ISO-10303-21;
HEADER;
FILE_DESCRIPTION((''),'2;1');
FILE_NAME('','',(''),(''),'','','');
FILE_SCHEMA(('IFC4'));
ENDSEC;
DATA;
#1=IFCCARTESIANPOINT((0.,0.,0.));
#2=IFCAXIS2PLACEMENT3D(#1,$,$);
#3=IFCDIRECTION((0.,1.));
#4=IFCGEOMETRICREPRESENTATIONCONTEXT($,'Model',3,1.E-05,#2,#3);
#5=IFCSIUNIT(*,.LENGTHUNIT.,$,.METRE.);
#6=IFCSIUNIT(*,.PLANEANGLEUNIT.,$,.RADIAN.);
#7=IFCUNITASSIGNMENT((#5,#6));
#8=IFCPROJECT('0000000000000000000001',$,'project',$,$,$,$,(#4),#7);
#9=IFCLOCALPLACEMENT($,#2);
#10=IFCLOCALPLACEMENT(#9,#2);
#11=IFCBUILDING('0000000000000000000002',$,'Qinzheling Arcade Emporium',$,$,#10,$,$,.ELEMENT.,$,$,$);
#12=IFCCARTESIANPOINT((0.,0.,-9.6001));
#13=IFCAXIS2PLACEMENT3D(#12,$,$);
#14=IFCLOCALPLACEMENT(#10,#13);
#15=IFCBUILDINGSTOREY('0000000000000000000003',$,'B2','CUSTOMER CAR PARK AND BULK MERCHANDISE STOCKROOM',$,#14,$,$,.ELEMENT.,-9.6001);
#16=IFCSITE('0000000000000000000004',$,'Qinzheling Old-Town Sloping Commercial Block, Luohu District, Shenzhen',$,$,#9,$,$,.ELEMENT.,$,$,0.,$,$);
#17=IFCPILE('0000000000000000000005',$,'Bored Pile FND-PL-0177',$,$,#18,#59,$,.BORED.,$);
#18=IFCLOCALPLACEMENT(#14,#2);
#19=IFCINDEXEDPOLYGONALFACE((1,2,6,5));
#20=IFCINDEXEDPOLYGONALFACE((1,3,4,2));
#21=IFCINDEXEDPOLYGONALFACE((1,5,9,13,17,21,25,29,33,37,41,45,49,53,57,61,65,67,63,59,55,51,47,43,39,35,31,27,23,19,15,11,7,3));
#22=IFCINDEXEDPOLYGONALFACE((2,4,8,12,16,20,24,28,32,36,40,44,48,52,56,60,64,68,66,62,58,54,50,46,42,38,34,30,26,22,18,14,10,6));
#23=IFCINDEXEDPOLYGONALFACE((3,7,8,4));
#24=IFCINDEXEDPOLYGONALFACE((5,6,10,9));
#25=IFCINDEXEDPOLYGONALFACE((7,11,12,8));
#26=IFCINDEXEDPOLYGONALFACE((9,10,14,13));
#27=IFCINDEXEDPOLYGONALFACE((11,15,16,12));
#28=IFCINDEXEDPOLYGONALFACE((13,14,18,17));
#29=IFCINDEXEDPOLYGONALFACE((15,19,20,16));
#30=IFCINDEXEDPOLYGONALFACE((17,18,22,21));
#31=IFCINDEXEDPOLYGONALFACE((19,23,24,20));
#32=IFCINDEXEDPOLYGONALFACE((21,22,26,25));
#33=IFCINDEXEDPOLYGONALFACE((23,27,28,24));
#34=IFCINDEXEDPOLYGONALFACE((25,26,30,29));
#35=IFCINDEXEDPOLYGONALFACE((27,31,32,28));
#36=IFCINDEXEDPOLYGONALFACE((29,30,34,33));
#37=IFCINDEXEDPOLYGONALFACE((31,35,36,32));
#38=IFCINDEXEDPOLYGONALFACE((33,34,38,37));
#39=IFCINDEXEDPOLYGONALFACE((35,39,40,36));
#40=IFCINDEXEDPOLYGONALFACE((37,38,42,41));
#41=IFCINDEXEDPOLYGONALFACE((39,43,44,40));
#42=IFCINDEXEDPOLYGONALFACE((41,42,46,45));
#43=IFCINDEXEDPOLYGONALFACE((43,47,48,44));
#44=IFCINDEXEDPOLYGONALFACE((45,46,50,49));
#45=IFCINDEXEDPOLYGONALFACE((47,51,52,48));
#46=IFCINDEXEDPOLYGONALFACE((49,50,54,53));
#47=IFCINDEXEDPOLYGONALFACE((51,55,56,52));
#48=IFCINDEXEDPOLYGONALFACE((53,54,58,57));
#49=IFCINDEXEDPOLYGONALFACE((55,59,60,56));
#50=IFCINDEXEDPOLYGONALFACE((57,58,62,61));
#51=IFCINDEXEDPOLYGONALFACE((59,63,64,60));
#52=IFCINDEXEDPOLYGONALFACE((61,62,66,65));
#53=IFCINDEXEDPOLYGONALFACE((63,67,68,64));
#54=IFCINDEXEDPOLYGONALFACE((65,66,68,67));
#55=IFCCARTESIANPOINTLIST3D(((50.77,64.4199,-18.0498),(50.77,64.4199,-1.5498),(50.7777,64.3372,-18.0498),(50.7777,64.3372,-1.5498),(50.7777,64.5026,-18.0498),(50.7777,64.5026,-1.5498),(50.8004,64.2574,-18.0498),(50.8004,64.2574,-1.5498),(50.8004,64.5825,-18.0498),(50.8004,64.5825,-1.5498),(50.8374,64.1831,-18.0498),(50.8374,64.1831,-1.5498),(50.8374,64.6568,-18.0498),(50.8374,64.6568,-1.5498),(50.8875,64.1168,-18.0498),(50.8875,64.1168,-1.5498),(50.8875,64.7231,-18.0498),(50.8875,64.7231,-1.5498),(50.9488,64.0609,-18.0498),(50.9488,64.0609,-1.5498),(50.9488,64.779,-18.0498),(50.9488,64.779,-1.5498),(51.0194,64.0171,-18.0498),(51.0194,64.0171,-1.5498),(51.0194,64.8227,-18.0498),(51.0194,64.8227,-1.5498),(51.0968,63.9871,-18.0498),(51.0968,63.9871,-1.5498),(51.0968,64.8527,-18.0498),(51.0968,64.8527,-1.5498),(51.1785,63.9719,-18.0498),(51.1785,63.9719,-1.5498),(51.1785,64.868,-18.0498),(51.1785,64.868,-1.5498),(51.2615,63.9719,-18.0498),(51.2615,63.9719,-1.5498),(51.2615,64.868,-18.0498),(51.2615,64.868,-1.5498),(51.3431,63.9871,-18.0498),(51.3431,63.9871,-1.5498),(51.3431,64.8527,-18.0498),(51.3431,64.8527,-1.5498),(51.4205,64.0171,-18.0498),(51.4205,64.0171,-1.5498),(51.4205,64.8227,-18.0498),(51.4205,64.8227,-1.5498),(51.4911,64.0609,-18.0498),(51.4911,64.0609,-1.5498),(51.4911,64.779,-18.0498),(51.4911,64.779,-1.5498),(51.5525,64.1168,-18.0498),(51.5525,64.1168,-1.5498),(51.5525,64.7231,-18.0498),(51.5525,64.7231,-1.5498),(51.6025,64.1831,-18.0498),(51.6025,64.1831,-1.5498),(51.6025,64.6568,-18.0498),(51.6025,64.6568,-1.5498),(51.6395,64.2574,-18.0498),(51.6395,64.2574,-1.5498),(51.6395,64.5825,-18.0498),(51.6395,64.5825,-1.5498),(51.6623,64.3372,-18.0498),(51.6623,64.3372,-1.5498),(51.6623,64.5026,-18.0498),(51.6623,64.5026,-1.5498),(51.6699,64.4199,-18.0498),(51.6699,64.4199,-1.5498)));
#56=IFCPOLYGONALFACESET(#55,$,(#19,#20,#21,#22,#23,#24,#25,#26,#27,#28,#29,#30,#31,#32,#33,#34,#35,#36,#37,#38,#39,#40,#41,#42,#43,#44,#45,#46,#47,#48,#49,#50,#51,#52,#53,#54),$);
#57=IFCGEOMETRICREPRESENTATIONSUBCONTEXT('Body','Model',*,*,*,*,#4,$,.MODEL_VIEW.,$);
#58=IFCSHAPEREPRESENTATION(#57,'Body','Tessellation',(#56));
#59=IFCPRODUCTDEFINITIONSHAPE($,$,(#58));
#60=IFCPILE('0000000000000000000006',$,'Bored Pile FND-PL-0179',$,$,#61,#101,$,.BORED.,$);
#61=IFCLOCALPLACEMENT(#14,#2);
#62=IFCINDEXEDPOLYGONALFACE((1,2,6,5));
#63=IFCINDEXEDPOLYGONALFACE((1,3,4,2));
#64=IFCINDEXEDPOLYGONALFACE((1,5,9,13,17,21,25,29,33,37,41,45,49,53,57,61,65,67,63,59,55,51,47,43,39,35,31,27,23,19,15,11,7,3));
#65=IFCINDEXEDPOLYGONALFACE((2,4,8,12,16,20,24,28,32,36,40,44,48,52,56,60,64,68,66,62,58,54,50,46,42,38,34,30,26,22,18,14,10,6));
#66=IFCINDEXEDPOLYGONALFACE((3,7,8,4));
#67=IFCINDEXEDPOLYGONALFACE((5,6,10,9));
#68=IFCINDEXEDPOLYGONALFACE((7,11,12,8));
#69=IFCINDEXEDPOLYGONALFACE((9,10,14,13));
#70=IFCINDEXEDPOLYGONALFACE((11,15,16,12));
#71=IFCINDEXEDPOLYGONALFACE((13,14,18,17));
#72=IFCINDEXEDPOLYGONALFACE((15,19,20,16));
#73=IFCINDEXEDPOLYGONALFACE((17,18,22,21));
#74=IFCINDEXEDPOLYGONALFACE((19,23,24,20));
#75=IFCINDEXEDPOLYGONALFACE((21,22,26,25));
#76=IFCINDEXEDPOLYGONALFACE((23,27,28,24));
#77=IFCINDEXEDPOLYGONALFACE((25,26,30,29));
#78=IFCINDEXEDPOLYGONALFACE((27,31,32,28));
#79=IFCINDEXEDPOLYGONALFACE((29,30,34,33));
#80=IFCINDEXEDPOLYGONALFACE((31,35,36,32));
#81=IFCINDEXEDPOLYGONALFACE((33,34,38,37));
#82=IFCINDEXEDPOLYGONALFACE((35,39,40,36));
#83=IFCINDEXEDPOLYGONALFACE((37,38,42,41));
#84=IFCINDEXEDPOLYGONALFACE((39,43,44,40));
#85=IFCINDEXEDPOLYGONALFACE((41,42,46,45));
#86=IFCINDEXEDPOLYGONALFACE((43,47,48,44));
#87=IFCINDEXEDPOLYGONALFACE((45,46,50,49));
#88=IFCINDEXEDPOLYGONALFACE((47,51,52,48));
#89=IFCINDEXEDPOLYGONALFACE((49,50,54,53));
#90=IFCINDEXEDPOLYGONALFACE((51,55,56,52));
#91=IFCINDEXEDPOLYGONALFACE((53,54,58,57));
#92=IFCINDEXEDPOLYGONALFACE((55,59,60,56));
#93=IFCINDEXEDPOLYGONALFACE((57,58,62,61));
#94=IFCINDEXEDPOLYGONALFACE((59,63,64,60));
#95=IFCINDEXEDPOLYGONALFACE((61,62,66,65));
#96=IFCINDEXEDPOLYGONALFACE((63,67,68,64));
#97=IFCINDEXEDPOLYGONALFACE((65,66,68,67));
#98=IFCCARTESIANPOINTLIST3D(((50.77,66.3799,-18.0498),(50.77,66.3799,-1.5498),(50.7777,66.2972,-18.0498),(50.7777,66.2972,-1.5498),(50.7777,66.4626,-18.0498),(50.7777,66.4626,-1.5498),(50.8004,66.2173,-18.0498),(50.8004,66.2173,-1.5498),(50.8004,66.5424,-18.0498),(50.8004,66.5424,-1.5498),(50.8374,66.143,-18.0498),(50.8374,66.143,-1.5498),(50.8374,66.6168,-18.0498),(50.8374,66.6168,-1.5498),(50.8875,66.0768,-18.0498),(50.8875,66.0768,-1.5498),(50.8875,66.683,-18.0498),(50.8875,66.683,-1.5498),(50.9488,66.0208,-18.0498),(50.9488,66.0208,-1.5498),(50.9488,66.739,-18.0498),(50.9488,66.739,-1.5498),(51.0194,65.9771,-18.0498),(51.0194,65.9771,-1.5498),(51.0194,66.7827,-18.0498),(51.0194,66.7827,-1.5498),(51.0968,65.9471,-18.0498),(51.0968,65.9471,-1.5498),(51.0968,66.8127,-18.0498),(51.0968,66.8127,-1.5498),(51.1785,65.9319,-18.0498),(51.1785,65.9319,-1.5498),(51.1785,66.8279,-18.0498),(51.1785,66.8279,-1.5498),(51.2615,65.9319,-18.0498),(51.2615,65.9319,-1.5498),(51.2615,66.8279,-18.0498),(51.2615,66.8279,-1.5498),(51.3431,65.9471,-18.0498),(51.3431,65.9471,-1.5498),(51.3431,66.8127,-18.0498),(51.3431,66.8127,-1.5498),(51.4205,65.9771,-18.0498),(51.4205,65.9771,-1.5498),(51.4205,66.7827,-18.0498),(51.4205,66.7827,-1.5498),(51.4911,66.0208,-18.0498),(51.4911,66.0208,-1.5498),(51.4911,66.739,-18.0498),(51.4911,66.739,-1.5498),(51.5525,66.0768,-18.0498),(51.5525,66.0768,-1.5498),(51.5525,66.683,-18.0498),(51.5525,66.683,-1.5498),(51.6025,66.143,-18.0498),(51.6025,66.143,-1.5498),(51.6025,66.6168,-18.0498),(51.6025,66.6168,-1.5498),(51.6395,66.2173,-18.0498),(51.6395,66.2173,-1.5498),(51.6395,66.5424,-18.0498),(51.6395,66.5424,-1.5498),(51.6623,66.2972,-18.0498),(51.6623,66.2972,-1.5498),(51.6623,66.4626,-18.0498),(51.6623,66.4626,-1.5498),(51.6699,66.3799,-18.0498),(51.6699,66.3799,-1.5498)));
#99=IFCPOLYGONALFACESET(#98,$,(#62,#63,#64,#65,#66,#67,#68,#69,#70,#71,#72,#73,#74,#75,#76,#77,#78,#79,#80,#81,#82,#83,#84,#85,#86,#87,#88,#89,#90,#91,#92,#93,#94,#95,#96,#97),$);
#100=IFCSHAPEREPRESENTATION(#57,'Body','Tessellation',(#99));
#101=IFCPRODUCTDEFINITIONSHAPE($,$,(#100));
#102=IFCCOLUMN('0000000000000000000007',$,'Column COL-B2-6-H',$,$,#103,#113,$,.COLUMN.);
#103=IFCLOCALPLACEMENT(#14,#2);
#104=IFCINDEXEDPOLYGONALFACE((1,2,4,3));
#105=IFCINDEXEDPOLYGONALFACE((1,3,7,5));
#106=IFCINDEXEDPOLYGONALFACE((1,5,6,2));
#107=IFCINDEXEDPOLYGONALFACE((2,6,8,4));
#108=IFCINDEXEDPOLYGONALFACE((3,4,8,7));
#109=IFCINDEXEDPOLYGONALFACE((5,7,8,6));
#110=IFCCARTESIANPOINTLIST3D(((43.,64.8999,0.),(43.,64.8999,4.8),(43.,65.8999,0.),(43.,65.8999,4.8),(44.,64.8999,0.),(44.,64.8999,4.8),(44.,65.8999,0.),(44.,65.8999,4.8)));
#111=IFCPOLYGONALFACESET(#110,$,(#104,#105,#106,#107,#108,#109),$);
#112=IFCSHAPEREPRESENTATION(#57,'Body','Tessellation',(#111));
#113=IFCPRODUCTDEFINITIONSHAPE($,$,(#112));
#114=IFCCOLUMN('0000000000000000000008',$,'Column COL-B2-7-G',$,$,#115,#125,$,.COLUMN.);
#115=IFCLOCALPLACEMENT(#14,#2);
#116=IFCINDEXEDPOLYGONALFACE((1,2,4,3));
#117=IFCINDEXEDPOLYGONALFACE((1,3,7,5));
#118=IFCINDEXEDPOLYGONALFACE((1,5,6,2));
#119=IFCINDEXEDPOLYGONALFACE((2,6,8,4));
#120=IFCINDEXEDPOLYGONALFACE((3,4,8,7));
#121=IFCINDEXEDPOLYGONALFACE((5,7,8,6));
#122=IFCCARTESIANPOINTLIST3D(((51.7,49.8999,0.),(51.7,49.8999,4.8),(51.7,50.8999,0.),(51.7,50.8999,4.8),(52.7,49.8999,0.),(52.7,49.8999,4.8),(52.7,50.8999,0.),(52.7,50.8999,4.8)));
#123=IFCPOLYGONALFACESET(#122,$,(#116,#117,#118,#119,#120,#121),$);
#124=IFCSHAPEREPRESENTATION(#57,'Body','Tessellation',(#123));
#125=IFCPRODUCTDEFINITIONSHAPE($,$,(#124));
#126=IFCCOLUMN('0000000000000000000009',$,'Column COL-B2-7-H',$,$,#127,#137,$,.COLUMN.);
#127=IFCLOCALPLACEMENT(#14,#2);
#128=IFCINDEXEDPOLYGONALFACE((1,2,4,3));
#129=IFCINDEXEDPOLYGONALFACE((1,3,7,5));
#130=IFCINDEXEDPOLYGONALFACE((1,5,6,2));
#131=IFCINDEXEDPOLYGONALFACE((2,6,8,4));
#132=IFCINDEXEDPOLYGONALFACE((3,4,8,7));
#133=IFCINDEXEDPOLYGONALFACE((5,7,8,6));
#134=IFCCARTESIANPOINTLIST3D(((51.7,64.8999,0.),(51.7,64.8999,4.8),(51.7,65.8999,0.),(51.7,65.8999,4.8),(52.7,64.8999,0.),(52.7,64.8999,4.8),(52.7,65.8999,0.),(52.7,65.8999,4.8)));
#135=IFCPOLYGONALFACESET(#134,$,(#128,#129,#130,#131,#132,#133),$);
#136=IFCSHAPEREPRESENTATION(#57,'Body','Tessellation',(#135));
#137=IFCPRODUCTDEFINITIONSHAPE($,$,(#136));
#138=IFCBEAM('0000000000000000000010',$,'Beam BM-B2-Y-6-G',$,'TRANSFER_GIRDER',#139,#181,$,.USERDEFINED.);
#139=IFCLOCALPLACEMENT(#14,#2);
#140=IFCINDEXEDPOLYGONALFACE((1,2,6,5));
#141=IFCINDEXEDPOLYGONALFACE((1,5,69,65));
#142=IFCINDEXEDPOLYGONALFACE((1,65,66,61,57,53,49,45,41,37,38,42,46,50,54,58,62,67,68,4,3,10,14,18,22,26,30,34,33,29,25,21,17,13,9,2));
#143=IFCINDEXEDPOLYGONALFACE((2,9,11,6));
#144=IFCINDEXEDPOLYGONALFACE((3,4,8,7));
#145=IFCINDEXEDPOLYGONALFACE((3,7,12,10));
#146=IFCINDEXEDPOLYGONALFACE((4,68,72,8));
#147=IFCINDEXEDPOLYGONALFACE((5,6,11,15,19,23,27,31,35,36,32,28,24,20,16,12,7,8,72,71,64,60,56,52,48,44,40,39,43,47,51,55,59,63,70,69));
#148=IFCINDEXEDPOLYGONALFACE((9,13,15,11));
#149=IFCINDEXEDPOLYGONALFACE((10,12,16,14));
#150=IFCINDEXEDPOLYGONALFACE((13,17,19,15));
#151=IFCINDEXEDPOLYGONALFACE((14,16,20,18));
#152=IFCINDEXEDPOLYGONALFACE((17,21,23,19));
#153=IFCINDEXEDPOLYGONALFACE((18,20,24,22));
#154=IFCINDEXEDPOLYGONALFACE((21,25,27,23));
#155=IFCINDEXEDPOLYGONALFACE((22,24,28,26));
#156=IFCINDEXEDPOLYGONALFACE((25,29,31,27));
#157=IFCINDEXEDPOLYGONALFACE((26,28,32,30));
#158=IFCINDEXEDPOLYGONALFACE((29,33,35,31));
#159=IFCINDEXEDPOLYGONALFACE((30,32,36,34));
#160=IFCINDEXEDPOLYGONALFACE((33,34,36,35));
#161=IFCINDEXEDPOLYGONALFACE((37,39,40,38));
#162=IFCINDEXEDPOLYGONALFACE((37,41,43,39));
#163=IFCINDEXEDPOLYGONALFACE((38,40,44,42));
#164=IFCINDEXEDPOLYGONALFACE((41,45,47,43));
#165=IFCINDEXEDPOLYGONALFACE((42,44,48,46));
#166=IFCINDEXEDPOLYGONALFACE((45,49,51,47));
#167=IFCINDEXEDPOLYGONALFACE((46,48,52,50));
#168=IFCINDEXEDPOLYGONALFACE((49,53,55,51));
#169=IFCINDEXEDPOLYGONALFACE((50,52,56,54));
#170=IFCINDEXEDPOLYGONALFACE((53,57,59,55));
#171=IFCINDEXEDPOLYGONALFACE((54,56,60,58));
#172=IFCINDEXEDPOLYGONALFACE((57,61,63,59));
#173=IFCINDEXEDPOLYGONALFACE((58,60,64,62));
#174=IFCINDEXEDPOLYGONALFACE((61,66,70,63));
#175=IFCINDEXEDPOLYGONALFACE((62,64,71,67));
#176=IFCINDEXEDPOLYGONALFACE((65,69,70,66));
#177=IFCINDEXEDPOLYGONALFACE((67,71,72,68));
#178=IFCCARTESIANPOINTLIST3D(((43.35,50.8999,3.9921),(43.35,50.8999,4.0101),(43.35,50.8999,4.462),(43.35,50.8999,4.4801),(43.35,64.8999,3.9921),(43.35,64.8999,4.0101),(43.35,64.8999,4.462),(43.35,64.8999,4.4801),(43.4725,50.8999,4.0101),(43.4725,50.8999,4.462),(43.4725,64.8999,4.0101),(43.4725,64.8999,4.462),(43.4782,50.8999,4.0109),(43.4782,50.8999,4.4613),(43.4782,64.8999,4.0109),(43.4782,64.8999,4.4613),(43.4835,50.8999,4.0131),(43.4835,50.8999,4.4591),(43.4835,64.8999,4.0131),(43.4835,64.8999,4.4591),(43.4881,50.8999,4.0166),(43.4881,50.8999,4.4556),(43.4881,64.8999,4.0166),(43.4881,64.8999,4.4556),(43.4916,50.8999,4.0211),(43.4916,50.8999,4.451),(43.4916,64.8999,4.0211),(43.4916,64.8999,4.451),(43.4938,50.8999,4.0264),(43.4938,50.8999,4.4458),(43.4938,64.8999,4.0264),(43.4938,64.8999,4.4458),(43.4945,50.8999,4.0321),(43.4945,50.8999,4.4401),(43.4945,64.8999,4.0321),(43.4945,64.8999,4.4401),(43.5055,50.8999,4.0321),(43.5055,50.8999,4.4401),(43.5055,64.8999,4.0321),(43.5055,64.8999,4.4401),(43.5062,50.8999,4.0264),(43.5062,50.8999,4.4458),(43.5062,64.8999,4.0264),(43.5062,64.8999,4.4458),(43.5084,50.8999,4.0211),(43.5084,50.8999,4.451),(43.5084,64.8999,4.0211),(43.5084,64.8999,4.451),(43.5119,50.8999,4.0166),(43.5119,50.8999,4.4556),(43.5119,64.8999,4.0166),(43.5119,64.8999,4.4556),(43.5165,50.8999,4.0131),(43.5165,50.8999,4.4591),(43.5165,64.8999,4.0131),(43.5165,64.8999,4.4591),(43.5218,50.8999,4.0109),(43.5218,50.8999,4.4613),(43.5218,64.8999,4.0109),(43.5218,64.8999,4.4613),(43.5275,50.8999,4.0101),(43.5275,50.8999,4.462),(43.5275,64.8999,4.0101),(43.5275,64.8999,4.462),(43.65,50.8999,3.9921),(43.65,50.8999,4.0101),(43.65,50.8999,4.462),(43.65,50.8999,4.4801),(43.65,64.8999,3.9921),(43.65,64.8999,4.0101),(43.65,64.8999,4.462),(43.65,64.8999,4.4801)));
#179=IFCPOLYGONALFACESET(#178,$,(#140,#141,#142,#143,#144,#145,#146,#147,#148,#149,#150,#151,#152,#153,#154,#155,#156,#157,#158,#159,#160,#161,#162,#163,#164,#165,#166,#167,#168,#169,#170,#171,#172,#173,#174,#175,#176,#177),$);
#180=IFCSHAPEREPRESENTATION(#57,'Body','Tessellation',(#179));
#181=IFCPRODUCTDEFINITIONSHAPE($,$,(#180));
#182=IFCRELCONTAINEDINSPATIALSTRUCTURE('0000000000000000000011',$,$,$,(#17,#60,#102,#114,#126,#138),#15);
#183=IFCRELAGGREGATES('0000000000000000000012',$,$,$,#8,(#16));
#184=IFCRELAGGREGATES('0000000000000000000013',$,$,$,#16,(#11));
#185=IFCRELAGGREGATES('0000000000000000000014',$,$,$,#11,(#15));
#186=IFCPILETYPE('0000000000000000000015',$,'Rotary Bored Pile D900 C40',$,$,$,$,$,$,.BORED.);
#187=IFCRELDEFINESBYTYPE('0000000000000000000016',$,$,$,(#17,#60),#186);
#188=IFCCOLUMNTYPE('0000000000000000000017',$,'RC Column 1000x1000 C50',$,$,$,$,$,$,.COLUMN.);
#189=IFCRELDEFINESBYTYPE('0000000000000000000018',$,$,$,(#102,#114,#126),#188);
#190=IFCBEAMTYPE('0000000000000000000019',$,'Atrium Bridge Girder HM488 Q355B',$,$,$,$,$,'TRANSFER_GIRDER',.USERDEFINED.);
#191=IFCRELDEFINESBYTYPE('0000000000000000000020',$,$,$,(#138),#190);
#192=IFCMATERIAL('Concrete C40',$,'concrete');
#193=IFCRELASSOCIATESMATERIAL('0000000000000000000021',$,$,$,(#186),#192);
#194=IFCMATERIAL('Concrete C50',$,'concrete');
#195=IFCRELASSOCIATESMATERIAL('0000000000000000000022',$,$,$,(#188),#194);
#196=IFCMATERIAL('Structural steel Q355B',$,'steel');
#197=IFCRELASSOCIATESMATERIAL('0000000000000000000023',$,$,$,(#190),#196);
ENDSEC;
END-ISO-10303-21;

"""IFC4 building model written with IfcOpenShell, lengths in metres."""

from ifc_helpers import new_model, si_unit, direction, frame, origin, origin_2d, place, context, subcontext, project, spatial, rectangle, circle, i_section, extrude, material, material_profile, profile_set, type_object, element, save


model = new_model("IFC4")

# Units and contexts
model_context = context("Model", 3, precision=1e-05, world=origin(), true_north=direction((0.0, 1.0)))
body_context = subcontext(model_context, "Body", "Model", "MODEL_VIEW")
ifc_project = project(units=[si_unit("LENGTHUNIT", "METRE"), si_unit("PLANEANGLEUNIT", "RADIAN")], contexts=[model_context])

# Site, building, storey
site_placement = place(None, origin())
site = spatial("IfcSite", under=ifc_project, at=site_placement, Name="Qinzheling Old-Town Sloping Commercial Block, Luohu District, Shenzhen", CompositionType="ELEMENT", RefElevation=0.0)
building_placement = place(site_placement, origin())
building = spatial("IfcBuilding", under=site, at=building_placement, Name="Qinzheling Arcade Emporium", CompositionType="ELEMENT")
storey_placement = place(building_placement, frame((0.0, 0.0, -9.6001)))
storey = spatial("IfcBuildingStorey", under=building, at=storey_placement, Name="B2", Description="CUSTOMER CAR PARK AND BULK MERCHANDISE STOCKROOM", CompositionType="ELEMENT", Elevation=-9.6001)

# Shared definitions
ifc_material_1 = material(Name="Concrete C40", Category="concrete")

# Piles
ifc_material_profile_1 = material_profile(ifc_material_1, circle(Radius=0.45, at=origin_2d()), Name="BORED D900", Category="concrete")
ifc_profile_set_1 = profile_set([ifc_material_profile_1], Name="Concrete C40")
pile_type = type_object("IfcPileType", Name="Rotary Bored Pile D900 C40", PredefinedType="BORED", material=ifc_profile_set_1)
for number, where, z_axis, x_axis, name in (
    (1, (51.22, 64.4199, -1.5498), (0.0, 0.0, -1.0), (1.0, 0.0, 0.0), "Bored Pile FND-PL-0177"),
    (2, (51.22, 66.3799, -1.5498), (0.0, 0.0, -1.0), (1.0, 0.0, 0.0), "Bored Pile FND-PL-0179"),
):
    element("IfcPile", number, at=place(storey_placement, frame(where, z_axis=z_axis, x_axis=x_axis)), inside=storey, type_object=pile_type, Name=name, PredefinedType="BORED", context=body_context, shape_type="SweptSolid", body=[
        extrude(circle(Radius=0.45, at=origin_2d()), origin(), (0.0, 0.0, 1.0), 16.5),
    ])

# Columns
ifc_material_2 = material(Name="Concrete C50", Category="concrete")
ifc_material_profile_2 = material_profile(ifc_material_2, rectangle(XDim=1.0, YDim=1.0, at=origin_2d()), Name="RC 1000x1000", Category="concrete")
ifc_profile_set_2 = profile_set([ifc_material_profile_2], Name="Concrete C50")
column_type = type_object("IfcColumnType", Name="RC Column 1000x1000 C50", PredefinedType="COLUMN", material=ifc_profile_set_2)
for number, where, z_axis, x_axis, name in (
    (3, (43.5, 65.3999, 0.0), (0.0, 0.0, 1.0), (1.0, 0.0, 0.0), "Column COL-B2-6-H"),
    (4, (52.2, 50.3999, 0.0), (0.0, 0.0, 1.0), (1.0, 0.0, 0.0), "Column COL-B2-7-G"),
    (5, (52.2, 65.3999, 0.0), (0.0, 0.0, 1.0), (1.0, 0.0, 0.0), "Column COL-B2-7-H"),
):
    element("IfcColumn", number, at=place(storey_placement, frame(where, z_axis=z_axis, x_axis=x_axis)), inside=storey, type_object=column_type, Name=name, PredefinedType="COLUMN", context=body_context, shape_type="SweptSolid", body=[
        extrude(rectangle(XDim=1.0, YDim=1.0, at=origin_2d()), origin(), (0.0, 0.0, 1.0), 4.8),
    ])

# Beam
ifc_material_3 = material(Name="Structural steel Q355B", Category="steel")
ifc_material_profile_3 = material_profile(ifc_material_3, i_section(OverallWidth=0.3, OverallDepth=0.488, WebThickness=0.011, FlangeThickness=0.0181, FilletRadius=0.022, at=origin_2d()), Name="HM 488x300x11x18", Category="steel")
ifc_profile_set_3 = profile_set([ifc_material_profile_3], Name="Structural steel Q355B")
beam_type_1 = type_object("IfcBeamType", Name="Atrium Bridge Girder HM488 Q355B", ElementType="TRANSFER_GIRDER", PredefinedType="USERDEFINED", material=ifc_profile_set_3)
for number, where, z_axis, x_axis, name in (
    (6, (43.5, 50.8999, 4.2361), (0.0, 1.0, 0.0), (-1.0, 0.0, 0.0), "Beam BM-B2-Y-6-G"),
):
    element("IfcBeam", number, at=place(storey_placement, frame(where, z_axis=z_axis, x_axis=x_axis)), inside=storey, type_object=beam_type_1, Name=name, ObjectType="TRANSFER_GIRDER", PredefinedType="USERDEFINED", context=body_context, shape_type="SweptSolid", body=[
        extrude(i_section(OverallWidth=0.3, OverallDepth=0.488, WebThickness=0.011, FlangeThickness=0.0181, FilletRadius=0.022, at=origin_2d()), origin(), (0.0, 0.0, 1.0), 14.0),
    ])

save(model, "model.ifc")
